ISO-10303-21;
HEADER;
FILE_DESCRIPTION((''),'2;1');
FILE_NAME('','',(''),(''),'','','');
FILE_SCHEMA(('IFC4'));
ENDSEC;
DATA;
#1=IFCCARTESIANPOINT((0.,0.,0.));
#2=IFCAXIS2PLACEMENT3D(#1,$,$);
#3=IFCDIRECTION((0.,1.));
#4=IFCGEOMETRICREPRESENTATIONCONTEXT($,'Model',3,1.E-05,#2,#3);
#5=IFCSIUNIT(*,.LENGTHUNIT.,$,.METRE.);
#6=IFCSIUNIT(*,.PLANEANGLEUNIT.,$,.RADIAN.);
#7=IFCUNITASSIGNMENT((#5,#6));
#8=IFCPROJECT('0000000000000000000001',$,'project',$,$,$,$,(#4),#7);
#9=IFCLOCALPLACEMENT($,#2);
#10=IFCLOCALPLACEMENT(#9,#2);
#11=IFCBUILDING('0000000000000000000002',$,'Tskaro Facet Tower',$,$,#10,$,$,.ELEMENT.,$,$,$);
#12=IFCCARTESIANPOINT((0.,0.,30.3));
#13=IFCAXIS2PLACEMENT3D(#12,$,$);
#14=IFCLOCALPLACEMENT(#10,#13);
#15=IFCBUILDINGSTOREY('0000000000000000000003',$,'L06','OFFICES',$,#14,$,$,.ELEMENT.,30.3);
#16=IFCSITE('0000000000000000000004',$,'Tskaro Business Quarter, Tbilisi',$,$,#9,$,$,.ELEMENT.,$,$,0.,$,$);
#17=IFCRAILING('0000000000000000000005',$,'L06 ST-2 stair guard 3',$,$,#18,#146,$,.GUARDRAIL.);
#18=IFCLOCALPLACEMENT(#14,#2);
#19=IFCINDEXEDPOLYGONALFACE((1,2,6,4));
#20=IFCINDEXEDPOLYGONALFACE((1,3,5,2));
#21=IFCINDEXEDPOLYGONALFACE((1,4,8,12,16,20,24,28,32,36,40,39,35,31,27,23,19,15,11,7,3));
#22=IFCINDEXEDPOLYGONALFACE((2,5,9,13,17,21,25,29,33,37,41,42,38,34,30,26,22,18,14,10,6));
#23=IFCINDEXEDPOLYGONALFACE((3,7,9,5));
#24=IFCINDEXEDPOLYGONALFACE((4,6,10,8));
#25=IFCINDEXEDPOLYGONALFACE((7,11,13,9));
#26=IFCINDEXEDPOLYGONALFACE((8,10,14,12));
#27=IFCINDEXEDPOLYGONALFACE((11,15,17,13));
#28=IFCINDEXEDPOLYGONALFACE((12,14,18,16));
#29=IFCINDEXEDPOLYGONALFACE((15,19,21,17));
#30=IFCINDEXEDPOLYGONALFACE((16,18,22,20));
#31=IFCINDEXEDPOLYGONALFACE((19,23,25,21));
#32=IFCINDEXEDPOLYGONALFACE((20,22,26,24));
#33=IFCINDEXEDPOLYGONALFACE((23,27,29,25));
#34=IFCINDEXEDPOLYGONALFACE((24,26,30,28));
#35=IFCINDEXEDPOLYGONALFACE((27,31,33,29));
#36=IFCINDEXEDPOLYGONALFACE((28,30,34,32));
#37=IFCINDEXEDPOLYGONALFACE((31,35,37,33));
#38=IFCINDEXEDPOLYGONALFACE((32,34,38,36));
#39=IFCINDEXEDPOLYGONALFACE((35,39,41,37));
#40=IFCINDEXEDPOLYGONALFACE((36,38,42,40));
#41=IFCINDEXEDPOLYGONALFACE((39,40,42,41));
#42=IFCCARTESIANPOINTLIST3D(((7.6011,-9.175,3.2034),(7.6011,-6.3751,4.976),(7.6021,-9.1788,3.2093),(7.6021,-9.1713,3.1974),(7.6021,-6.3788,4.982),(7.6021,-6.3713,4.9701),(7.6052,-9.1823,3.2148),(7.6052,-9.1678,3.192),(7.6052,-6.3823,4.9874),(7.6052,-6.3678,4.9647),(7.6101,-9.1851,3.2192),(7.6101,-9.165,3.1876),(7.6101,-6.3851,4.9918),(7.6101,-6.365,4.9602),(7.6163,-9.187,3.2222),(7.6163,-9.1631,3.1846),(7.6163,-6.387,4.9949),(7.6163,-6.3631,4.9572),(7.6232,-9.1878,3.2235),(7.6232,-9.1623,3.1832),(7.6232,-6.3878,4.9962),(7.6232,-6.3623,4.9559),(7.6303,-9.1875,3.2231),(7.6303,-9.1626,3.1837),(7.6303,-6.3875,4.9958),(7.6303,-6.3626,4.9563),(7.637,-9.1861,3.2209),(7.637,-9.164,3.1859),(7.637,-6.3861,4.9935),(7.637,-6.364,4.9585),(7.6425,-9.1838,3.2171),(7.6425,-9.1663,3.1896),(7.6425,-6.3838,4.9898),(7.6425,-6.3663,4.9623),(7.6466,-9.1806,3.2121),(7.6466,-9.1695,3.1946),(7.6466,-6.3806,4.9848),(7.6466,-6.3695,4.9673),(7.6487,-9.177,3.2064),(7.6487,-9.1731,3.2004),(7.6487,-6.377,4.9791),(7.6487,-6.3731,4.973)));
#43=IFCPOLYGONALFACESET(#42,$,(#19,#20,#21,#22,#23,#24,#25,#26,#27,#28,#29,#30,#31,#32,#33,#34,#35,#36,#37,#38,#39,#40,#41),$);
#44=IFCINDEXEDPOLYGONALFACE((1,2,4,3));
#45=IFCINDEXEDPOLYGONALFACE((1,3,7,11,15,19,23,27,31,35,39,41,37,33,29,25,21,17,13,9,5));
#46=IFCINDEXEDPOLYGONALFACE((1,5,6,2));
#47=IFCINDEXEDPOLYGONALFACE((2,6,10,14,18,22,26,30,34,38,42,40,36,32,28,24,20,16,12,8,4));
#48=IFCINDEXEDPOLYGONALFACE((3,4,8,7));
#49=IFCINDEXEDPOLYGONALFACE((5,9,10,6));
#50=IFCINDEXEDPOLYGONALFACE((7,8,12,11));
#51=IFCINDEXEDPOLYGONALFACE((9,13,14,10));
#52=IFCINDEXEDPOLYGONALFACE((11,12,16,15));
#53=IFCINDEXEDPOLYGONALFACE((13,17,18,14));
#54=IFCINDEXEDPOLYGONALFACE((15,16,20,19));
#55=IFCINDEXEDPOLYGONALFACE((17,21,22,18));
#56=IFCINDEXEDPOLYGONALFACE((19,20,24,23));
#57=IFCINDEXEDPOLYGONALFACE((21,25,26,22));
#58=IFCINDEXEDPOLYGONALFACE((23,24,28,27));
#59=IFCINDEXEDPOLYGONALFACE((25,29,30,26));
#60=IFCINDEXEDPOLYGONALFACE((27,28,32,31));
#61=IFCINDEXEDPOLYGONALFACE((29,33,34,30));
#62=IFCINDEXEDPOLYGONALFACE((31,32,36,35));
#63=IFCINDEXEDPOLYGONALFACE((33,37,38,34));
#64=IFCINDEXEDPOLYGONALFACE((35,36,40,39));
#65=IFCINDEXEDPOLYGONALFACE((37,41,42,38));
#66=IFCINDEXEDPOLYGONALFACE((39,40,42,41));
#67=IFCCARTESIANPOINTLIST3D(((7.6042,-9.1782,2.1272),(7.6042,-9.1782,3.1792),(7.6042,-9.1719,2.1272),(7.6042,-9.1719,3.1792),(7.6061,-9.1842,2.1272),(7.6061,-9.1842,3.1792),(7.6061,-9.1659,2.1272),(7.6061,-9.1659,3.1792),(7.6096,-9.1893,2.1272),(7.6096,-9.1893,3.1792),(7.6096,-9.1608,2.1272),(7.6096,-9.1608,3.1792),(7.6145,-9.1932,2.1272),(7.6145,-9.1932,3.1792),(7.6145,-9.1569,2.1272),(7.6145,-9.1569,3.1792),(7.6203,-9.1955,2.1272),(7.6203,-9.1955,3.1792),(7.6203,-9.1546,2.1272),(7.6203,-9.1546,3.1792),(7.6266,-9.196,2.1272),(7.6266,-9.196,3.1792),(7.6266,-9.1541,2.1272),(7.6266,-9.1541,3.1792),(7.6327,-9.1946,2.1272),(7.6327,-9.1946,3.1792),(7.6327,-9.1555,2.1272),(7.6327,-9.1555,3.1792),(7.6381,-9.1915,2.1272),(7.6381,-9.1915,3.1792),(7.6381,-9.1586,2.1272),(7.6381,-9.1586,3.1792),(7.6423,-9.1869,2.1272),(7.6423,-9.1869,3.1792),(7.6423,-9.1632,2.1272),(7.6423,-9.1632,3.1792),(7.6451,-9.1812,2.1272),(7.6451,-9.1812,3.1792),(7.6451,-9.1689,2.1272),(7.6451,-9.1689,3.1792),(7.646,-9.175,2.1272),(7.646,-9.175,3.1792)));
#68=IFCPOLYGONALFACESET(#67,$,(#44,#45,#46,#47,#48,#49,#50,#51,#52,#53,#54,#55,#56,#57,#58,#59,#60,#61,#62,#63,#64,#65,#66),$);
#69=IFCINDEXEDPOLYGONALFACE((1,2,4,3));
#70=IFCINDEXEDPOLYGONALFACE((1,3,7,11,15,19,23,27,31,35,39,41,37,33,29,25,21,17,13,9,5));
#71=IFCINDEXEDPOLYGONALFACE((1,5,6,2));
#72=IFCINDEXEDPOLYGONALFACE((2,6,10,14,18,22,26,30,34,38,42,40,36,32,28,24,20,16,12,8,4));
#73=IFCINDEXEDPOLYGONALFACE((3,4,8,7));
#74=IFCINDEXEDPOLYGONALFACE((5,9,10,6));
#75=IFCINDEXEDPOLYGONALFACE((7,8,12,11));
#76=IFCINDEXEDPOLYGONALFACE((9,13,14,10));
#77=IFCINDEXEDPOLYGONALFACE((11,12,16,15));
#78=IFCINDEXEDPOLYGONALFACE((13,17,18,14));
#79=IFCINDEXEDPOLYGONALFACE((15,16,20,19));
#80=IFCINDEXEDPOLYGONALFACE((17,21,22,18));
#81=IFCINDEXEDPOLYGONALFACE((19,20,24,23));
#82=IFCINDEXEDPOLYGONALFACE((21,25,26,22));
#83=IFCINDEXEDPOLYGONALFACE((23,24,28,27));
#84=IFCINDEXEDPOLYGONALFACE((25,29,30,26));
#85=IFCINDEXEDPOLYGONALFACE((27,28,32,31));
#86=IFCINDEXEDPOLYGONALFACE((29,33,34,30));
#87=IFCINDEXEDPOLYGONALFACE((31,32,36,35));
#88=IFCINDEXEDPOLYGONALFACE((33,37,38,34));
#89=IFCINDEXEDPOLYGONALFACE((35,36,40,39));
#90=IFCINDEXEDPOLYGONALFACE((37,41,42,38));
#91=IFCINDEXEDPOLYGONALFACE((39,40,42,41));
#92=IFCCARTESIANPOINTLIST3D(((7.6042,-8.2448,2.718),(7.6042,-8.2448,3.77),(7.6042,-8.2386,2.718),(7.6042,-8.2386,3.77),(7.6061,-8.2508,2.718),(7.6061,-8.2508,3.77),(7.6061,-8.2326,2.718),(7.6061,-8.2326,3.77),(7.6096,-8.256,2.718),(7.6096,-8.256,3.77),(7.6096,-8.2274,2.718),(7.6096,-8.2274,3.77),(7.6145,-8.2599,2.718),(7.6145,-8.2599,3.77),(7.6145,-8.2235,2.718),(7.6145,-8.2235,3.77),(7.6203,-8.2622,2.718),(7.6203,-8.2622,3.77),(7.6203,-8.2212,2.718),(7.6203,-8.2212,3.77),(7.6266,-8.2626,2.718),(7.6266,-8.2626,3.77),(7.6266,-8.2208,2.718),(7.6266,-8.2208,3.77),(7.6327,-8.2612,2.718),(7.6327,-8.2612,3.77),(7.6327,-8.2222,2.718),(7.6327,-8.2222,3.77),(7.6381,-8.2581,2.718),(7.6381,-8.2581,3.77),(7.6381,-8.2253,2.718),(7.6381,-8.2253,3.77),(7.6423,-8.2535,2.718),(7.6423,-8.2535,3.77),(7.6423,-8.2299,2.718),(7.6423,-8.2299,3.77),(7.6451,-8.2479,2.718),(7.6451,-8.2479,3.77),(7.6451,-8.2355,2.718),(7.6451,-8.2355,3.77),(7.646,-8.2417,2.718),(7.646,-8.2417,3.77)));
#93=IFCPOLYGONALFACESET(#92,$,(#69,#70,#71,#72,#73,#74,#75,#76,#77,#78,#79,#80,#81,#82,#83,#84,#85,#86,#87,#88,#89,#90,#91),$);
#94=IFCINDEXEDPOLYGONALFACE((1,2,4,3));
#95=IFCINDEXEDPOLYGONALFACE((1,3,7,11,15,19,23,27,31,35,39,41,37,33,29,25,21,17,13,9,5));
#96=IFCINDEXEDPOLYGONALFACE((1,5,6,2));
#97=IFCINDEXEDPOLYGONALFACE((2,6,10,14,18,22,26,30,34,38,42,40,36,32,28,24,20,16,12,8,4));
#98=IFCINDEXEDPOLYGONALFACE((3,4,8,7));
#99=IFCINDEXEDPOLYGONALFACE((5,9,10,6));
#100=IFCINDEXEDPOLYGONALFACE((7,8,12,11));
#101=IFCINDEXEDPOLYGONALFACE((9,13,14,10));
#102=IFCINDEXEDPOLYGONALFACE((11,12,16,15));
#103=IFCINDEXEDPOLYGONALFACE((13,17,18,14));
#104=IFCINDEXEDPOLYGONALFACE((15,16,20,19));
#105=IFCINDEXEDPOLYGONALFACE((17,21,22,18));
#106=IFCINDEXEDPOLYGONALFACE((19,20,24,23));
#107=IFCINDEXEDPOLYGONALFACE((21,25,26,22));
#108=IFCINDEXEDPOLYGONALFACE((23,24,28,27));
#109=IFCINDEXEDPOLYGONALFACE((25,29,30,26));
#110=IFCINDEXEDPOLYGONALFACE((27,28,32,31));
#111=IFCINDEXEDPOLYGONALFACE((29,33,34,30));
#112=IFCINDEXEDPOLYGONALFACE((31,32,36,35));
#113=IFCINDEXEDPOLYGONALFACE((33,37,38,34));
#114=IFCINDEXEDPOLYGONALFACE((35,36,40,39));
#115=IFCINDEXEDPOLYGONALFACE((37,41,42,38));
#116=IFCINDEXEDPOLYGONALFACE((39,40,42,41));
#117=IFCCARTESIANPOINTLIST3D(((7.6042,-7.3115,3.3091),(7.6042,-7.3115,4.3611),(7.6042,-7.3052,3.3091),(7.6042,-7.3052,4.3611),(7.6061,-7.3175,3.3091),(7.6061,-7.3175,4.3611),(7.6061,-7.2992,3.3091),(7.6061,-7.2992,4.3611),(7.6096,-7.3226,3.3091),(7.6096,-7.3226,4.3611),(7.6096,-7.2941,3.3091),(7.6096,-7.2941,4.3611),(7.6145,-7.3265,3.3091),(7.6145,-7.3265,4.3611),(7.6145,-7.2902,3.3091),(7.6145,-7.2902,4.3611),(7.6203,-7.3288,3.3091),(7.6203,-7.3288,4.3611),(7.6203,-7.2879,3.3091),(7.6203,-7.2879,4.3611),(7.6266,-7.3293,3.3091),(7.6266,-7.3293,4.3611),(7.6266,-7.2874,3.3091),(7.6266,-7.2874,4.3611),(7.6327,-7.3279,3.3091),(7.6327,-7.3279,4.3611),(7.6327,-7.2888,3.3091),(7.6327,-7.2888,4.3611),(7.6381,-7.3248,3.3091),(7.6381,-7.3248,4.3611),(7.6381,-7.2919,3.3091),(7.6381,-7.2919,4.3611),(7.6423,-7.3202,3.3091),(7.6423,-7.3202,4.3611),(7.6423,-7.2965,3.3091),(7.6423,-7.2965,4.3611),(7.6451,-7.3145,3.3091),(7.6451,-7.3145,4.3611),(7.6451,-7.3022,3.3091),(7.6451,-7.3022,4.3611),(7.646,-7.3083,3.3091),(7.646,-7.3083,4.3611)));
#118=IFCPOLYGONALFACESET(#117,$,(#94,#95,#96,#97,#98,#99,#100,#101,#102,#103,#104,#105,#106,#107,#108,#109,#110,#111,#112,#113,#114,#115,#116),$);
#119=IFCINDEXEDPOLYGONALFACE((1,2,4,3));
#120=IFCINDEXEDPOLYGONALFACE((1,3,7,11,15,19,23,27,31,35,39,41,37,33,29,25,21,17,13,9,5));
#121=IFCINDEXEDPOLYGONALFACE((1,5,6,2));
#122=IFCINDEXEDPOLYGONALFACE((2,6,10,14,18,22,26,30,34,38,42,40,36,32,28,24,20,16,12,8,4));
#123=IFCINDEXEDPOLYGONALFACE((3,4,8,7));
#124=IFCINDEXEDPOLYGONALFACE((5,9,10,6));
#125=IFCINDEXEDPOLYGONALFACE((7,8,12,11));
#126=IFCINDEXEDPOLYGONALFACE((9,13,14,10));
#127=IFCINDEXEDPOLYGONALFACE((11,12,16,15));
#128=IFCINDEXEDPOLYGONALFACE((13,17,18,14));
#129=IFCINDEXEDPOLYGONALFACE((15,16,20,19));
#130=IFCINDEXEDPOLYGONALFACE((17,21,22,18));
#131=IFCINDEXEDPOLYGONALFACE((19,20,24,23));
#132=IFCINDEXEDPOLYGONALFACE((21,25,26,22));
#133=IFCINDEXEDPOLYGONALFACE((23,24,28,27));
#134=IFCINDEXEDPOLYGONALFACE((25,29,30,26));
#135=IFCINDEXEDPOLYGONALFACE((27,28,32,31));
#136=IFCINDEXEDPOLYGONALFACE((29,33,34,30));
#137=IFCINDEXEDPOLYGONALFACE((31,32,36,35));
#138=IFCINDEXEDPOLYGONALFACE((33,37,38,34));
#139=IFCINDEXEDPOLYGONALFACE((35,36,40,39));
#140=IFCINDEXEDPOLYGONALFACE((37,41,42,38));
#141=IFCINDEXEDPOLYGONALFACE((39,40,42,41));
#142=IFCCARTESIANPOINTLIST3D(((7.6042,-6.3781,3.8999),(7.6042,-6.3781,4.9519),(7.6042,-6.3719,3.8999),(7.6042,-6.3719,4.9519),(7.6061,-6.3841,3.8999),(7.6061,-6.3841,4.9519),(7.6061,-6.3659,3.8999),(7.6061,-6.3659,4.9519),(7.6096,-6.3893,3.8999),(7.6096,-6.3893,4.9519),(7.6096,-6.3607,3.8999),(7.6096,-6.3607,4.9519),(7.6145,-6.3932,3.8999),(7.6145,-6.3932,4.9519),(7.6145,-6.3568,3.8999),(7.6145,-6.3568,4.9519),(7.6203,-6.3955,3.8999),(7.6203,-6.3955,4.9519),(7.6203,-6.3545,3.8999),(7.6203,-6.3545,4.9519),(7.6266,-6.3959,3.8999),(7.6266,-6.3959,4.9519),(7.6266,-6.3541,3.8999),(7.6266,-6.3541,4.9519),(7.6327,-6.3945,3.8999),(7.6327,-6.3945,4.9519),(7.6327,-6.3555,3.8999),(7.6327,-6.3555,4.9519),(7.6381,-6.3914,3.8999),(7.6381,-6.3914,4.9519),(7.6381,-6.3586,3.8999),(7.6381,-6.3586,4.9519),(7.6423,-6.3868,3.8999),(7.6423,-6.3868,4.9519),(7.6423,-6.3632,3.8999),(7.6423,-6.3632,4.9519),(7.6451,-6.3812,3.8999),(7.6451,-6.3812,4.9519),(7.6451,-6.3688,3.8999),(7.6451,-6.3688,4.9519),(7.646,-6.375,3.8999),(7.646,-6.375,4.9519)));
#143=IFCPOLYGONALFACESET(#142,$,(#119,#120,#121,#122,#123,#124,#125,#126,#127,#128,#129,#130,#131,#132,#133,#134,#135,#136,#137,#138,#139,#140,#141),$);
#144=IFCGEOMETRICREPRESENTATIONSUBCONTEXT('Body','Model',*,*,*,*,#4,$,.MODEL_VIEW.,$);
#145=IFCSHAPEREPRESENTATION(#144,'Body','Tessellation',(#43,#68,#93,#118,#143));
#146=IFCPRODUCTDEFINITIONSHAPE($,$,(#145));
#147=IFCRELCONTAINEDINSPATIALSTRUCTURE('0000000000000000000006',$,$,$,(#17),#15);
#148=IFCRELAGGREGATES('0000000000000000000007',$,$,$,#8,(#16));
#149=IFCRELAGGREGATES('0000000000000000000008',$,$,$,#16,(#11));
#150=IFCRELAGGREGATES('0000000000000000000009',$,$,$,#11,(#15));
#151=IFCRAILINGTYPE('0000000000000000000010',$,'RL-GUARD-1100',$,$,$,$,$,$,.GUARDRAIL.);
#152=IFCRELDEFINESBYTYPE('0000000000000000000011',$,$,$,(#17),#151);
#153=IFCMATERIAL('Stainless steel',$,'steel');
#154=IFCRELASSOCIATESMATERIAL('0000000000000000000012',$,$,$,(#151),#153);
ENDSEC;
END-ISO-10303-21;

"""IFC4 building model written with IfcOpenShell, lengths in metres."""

from ifc_helpers import new_model, si_unit, direction, frame, origin, origin_2d, place, context, subcontext, project, spatial, circle, extrude, material, type_object, element, save


model = new_model("IFC4")

# Units and contexts
model_context = context("Model", 3, precision=1e-05, world=origin(), true_north=direction((0.0, 1.0)))
body_context = subcontext(model_context, "Body", "Model", "MODEL_VIEW")
ifc_project = project(units=[si_unit("LENGTHUNIT", "METRE"), si_unit("PLANEANGLEUNIT", "RADIAN")], contexts=[model_context])

# Site, building, storey
site_placement = place(None, origin())
site = spatial("IfcSite", under=ifc_project, at=site_placement, Name="Tskaro Business Quarter, Tbilisi", CompositionType="ELEMENT", RefElevation=0.0)
building_placement = place(site_placement, origin())
building = spatial("IfcBuilding", under=site, at=building_placement, Name="Tskaro Facet Tower", CompositionType="ELEMENT")
storey_placement = place(building_placement, frame((0.0, 0.0, 30.3)))
storey = spatial("IfcBuildingStorey", under=building, at=storey_placement, Name="L06", Description="OFFICES", CompositionType="ELEMENT", Elevation=30.3)

# Railing
ifc_material_1 = material(Name="Stainless steel", Category="steel")
railing_type_1 = type_object("IfcRailingType", Name="RL-GUARD-1100", PredefinedType="GUARDRAIL", material=ifc_material_1)
railing_1_placement = place(storey_placement, frame((7.625, -9.175, 2.1272)))
element("IfcRailing", 1, at=railing_1_placement, inside=storey, type_object=railing_type_1, Name="L06 ST-2 stair guard 3", PredefinedType="GUARDRAIL", context=body_context, shape_type="SweptSolid", body=[
    extrude(circle(Radius=0.0239, at=origin_2d()), frame((0.0, 0.0, 1.0762), z_axis=(0.0, 0.844909, 0.53491), x_axis=(-1.0, 0.0, 0.0)), (0.0, 0.0, 1.0), 3.314),
    extrude(circle(Radius=0.021, at=origin_2d()), origin(), (0.0, 0.0, 1.0), 1.052),
    extrude(circle(Radius=0.021, at=origin_2d()), frame((0.0, 0.9333, 0.5908)), (0.0, 0.0, 1.0), 1.052),
    extrude(circle(Radius=0.021, at=origin_2d()), frame((0.0, 1.8667, 1.1819)), (0.0, 0.0, 1.0), 1.052),
    extrude(circle(Radius=0.021, at=origin_2d()), frame((0.0, 2.8, 1.7727)), (0.0, 0.0, 1.0), 1.052),
])

save(model, "model.ifc")
